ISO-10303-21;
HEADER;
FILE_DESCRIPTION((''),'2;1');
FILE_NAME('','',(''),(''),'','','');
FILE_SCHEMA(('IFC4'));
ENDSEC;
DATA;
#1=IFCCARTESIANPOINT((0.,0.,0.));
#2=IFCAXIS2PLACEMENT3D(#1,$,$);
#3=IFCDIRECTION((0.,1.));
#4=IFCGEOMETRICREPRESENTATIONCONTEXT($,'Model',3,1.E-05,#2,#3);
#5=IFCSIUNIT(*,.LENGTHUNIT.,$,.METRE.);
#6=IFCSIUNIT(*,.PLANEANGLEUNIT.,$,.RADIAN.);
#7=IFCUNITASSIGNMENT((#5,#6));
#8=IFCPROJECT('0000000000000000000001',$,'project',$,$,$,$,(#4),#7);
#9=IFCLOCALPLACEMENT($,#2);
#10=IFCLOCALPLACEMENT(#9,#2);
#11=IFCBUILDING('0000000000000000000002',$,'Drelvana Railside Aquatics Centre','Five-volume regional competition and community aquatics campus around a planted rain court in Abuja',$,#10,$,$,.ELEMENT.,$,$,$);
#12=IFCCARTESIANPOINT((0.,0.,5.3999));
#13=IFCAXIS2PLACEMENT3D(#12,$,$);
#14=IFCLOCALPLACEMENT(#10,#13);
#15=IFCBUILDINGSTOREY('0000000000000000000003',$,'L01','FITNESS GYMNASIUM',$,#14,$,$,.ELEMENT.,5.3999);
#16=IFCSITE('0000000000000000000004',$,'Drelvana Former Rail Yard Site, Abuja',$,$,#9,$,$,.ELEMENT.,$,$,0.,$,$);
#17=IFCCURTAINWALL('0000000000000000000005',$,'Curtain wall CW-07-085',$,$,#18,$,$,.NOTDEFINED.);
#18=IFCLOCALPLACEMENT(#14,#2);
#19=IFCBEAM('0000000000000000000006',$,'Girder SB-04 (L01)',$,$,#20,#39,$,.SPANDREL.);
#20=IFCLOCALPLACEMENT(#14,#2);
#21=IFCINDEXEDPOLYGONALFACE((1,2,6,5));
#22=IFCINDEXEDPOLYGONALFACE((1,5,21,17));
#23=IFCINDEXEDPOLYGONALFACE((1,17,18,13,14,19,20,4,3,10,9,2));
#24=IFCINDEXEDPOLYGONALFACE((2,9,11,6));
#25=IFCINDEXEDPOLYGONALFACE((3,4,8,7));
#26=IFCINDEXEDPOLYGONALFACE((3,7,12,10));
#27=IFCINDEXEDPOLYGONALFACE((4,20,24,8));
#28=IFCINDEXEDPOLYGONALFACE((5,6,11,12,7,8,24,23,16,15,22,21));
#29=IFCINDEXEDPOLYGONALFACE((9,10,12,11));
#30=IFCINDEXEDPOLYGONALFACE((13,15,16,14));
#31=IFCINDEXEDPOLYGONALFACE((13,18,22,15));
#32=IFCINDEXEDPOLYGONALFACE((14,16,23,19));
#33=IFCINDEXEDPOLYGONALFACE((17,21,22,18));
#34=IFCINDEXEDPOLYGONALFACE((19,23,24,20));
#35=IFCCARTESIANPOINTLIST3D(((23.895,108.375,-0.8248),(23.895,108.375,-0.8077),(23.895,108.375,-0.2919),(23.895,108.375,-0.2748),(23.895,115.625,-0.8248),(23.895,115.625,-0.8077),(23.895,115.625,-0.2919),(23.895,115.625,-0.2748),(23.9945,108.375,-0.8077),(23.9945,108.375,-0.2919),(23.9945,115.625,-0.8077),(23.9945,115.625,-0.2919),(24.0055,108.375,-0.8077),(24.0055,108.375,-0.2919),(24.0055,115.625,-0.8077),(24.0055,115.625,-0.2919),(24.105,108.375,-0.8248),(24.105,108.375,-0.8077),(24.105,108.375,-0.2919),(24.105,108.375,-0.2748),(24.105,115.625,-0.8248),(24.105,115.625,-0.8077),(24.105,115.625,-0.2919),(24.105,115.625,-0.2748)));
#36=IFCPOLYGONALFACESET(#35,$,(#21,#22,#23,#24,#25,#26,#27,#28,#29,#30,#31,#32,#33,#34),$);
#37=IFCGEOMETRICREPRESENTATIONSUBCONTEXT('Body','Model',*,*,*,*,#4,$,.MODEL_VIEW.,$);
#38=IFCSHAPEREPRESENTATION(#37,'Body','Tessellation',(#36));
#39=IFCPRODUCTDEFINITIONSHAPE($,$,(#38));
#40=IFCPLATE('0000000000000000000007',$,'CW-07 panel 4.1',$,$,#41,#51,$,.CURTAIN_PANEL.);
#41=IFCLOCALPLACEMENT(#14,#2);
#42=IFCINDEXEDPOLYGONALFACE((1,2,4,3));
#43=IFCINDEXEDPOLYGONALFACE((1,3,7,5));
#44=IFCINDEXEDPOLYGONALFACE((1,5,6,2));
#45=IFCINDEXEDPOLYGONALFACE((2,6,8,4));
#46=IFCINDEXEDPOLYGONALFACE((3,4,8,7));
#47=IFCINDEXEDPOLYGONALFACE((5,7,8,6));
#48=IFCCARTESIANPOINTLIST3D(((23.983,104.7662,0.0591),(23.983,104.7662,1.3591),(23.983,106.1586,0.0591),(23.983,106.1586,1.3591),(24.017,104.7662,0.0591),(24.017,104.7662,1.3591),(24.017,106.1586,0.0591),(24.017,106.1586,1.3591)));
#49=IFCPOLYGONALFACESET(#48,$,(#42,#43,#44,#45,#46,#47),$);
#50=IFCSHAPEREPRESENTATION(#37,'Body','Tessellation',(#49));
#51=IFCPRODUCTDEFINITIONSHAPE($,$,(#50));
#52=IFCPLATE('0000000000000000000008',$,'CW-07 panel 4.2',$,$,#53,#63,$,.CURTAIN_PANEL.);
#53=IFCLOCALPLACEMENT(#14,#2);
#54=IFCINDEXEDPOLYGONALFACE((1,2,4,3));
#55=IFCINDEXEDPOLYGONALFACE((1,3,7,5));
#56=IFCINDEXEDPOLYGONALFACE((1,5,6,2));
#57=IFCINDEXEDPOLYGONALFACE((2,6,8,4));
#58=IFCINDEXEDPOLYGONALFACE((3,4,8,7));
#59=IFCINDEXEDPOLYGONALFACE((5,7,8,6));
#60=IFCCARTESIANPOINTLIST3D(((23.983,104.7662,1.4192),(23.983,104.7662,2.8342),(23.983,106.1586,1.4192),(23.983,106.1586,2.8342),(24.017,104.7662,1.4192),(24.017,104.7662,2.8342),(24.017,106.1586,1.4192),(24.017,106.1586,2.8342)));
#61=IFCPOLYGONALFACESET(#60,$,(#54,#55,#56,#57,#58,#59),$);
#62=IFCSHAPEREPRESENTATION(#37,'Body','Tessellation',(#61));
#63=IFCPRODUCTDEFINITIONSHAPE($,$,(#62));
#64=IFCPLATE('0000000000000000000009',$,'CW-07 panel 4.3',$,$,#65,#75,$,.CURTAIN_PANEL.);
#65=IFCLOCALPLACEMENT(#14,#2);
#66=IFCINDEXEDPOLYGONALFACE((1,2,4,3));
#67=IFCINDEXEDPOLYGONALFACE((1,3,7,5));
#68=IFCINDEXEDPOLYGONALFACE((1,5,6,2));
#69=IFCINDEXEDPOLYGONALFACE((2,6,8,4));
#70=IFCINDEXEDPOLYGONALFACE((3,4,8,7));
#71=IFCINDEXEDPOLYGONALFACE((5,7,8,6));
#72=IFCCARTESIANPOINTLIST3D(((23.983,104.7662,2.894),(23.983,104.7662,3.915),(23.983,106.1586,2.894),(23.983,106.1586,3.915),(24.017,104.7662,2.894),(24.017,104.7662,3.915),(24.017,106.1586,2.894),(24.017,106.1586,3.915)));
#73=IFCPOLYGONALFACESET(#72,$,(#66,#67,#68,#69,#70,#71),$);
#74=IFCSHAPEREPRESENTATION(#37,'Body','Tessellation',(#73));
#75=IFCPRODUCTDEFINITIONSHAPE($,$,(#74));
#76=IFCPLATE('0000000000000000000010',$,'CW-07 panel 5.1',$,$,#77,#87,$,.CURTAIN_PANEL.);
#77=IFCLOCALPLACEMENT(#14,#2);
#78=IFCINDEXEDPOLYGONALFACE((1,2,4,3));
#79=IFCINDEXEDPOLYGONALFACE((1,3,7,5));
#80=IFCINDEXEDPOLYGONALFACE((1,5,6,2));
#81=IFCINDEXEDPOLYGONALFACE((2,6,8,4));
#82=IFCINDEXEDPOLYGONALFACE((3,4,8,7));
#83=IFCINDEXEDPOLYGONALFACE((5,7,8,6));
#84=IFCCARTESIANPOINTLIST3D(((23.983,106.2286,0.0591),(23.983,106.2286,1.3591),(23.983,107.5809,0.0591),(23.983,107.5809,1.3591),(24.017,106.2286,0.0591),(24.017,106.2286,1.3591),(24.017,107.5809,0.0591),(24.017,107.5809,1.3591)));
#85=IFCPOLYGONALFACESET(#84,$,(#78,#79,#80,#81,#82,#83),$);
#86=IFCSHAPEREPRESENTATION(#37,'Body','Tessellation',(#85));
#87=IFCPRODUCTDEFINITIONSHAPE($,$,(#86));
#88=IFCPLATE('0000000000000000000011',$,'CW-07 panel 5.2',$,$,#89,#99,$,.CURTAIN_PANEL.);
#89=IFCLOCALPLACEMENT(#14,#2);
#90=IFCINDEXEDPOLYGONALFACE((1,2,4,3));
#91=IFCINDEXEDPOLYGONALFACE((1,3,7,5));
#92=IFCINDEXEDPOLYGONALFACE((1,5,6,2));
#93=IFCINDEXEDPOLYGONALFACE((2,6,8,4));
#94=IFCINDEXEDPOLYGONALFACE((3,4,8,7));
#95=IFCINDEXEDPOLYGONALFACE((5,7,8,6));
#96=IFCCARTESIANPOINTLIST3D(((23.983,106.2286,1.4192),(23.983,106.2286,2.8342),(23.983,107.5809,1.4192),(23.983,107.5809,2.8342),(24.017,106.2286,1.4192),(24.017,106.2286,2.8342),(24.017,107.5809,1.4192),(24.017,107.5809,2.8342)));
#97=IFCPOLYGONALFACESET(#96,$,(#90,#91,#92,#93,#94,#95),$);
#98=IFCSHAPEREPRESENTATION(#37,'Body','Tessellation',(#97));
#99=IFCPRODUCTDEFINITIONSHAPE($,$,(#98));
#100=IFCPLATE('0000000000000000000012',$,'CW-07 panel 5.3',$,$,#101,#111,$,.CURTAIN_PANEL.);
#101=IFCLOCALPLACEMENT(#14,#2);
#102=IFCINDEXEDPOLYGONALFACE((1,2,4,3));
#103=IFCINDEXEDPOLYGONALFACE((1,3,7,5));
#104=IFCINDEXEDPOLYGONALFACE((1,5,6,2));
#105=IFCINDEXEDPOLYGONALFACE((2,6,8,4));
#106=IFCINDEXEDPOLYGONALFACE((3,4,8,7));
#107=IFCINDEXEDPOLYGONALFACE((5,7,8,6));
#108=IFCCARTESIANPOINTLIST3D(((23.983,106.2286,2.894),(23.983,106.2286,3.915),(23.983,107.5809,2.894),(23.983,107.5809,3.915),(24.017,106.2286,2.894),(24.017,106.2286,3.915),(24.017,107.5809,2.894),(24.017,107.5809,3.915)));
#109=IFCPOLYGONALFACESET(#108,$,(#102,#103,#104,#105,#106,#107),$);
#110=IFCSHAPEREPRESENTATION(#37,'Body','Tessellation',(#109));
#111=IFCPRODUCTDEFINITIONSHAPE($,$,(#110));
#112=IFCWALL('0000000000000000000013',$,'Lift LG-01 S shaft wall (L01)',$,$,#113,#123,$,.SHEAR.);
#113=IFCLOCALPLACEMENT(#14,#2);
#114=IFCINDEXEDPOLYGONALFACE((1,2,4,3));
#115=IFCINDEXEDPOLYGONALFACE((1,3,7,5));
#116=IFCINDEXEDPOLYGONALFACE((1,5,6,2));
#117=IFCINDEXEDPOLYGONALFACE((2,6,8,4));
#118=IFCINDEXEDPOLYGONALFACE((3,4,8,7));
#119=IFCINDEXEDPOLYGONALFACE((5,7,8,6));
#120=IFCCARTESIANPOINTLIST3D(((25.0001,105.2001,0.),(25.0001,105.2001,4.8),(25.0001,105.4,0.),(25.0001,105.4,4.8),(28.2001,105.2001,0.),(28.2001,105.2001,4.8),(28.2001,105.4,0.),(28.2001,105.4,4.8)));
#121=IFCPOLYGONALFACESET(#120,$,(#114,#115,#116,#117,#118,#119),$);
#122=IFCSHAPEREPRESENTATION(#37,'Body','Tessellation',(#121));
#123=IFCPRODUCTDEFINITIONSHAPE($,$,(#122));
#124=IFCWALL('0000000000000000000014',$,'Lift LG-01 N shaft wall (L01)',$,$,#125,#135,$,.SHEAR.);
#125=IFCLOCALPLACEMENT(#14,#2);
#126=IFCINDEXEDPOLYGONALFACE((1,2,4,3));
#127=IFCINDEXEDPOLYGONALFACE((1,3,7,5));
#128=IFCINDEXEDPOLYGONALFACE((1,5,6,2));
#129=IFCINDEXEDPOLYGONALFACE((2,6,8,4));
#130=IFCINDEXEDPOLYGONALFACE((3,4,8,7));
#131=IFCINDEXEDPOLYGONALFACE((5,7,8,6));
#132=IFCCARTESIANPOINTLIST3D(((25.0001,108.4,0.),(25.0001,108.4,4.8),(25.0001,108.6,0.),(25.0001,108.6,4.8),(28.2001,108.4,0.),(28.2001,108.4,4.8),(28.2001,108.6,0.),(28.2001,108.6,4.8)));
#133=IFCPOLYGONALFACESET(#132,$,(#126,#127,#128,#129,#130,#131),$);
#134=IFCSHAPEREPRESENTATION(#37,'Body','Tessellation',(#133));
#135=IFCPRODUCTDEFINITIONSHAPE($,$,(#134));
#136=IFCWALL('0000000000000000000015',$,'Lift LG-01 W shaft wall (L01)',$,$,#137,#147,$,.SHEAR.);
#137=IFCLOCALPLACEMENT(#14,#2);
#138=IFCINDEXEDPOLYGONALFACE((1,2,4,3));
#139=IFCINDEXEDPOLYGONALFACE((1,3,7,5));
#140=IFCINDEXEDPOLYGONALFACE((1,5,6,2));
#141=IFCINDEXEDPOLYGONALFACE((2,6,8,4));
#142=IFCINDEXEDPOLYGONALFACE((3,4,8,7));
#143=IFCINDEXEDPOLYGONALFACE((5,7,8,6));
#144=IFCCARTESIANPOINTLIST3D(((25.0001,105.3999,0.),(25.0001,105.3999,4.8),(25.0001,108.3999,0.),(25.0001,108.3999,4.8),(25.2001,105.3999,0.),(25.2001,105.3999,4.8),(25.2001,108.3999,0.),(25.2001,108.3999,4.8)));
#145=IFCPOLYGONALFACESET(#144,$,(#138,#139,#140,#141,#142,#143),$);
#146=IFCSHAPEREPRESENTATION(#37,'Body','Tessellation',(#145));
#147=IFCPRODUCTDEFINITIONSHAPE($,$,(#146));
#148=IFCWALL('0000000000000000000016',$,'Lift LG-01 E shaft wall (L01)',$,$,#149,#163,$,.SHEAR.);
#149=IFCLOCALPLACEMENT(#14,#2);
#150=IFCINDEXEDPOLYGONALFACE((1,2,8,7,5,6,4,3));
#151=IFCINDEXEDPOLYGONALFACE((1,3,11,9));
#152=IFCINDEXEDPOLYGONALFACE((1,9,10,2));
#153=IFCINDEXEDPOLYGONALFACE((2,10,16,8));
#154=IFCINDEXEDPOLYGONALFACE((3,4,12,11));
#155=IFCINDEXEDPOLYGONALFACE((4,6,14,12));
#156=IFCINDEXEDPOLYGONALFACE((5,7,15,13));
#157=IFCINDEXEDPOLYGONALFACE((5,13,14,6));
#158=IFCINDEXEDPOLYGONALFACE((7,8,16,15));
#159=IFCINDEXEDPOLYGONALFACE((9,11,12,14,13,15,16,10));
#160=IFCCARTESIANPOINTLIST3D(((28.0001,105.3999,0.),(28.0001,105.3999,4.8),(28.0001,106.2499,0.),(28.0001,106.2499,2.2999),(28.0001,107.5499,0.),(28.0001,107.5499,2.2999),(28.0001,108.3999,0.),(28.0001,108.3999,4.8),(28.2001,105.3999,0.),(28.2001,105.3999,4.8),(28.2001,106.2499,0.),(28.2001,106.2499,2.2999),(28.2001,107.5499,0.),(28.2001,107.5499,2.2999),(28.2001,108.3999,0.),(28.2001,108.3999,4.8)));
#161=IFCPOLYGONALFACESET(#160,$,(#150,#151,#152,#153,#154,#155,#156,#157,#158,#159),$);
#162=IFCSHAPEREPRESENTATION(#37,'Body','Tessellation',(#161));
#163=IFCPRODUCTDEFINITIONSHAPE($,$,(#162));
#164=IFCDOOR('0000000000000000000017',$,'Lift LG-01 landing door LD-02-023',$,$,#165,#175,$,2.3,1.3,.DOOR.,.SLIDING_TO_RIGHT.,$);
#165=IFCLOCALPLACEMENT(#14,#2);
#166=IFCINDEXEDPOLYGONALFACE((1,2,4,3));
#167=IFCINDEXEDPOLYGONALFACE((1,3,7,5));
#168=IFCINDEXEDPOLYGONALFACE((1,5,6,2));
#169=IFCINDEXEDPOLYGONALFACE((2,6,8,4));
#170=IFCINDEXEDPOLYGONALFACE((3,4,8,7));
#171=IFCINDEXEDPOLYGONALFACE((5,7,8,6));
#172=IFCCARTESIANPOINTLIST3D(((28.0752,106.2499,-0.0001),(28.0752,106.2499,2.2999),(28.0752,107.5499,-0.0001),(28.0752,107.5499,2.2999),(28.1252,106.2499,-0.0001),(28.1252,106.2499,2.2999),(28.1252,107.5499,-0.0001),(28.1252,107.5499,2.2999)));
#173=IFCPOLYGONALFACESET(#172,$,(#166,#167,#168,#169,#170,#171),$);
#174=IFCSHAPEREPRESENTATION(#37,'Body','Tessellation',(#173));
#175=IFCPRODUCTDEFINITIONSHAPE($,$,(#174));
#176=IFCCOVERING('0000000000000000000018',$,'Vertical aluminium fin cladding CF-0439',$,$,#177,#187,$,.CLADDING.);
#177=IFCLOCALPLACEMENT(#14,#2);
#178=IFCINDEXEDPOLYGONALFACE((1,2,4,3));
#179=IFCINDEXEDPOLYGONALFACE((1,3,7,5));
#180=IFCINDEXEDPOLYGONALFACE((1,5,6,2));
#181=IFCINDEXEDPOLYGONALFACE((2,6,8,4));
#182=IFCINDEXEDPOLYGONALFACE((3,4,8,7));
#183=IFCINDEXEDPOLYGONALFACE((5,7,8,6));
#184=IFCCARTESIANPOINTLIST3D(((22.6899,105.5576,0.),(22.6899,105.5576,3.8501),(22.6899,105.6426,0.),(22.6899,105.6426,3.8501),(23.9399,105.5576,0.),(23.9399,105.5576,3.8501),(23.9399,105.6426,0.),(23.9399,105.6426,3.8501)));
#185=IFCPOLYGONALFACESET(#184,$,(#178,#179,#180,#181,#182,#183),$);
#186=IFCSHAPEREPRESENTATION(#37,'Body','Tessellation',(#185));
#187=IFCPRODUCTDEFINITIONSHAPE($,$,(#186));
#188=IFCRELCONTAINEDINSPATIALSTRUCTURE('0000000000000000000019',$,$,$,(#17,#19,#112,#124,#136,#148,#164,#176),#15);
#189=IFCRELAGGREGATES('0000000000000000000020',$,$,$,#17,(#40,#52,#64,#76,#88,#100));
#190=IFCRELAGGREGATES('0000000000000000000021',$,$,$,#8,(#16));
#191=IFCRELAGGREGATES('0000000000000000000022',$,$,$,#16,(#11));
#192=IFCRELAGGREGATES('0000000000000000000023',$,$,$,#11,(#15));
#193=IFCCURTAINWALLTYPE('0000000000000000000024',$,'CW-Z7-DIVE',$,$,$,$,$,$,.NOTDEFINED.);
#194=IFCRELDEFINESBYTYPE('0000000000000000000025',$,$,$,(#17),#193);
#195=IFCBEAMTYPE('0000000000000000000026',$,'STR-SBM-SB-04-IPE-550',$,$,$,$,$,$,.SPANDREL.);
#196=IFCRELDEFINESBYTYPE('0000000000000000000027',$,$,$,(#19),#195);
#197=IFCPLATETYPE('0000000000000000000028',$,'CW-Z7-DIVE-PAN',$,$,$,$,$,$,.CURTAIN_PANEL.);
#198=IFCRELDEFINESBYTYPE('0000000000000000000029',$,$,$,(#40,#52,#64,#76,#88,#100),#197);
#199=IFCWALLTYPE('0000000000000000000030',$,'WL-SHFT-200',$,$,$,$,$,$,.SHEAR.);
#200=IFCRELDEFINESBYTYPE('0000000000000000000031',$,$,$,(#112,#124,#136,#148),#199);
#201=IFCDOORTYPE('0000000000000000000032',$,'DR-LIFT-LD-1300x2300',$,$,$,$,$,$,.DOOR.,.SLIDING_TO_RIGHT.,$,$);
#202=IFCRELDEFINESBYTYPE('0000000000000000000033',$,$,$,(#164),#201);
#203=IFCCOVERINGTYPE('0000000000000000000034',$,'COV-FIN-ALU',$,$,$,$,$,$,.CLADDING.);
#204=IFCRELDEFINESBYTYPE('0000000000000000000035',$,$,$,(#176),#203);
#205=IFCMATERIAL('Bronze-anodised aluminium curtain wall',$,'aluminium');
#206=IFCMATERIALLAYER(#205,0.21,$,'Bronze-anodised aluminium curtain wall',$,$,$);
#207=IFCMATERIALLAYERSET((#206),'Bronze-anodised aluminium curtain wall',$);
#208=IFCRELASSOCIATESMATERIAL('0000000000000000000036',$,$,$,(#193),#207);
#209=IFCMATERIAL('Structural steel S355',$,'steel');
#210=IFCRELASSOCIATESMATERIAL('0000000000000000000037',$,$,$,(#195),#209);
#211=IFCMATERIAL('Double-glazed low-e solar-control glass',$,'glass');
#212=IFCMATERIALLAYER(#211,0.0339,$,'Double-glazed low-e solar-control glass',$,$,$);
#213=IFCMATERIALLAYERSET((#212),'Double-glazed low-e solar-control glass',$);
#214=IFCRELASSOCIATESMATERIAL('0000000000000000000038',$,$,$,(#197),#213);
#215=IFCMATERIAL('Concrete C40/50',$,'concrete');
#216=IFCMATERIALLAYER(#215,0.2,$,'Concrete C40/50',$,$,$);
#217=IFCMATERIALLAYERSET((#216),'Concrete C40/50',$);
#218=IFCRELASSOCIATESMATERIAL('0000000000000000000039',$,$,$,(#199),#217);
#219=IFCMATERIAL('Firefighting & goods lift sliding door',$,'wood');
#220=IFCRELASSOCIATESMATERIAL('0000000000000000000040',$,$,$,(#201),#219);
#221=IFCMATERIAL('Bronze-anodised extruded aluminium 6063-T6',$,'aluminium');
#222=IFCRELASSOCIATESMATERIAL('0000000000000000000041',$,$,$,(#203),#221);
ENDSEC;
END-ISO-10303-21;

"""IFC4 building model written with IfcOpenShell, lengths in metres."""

from ifc_helpers import new_model, si_unit, direction, frame, frame_2d, origin, origin_2d, place, context, subcontext, project, spatial, rectangle, i_section, extrude, material, layer, layer_set, material_profile, profile_set, type_object, element, fill, aggregate, save


model = new_model("IFC4")

# Units and contexts
model_context = context("Model", 3, precision=1e-05, world=origin(), true_north=direction((0.0, 1.0)))
body_context = subcontext(model_context, "Body", "Model", "MODEL_VIEW")
ifc_project = project(units=[si_unit("LENGTHUNIT", "METRE"), si_unit("PLANEANGLEUNIT", "RADIAN")], contexts=[model_context])

# Site, building, storey
site_placement = place(None, origin())
site = spatial("IfcSite", under=ifc_project, at=site_placement, Name="Drelvana Former Rail Yard Site, Abuja", CompositionType="ELEMENT", RefElevation=0.0)
building_placement = place(site_placement, origin())
building = spatial("IfcBuilding", under=site, at=building_placement, Name="Drelvana Railside Aquatics Centre", Description="Five-volume regional competition and community aquatics campus around a planted rain court in Abuja", CompositionType="ELEMENT")
storey_placement = place(building_placement, frame((0.0, 0.0, 5.3999)))
storey = spatial("IfcBuildingStorey", under=building, at=storey_placement, Name="L01", Description="FITNESS GYMNASIUM", CompositionType="ELEMENT", Elevation=5.3999)

# Shared definitions
ifc_material_1 = material(Name="Concrete C40/50", Category="concrete")

# Curtain wall
ifc_material_2 = material(Name="Bronze-anodised aluminium curtain wall", Category="aluminium")
ifc_layer_1 = layer(ifc_material_2, 0.21, Name="Bronze-anodised aluminium curtain wall")
ifc_layer_set_1 = layer_set([ifc_layer_1], Name="Bronze-anodised aluminium curtain wall")
curtain_wall_type = type_object("IfcCurtainWallType", Name="CW-Z7-DIVE", PredefinedType="NOTDEFINED", material=ifc_layer_set_1)
curtain_wall_1_placement = place(storey_placement, origin())
curtain_wall_1 = element("IfcCurtainWall", 1, at=curtain_wall_1_placement, inside=storey, type_object=curtain_wall_type, Name="Curtain wall CW-07-085", PredefinedType="NOTDEFINED")

# Beam
ifc_material_3 = material(Name="Structural steel S355", Category="steel")
ifc_material_profile_1 = material_profile(ifc_material_3, i_section(OverallWidth=0.21, OverallDepth=0.55, WebThickness=0.011, FlangeThickness=0.0171, at=origin_2d()), Name="IPE 550")
ifc_profile_set_1 = profile_set([ifc_material_profile_1], Name="Structural steel S355")
beam_type = type_object("IfcBeamType", Name="STR-SBM-SB-04-IPE-550", PredefinedType="SPANDREL", material=ifc_profile_set_1)
beam_placement = place(storey_placement, frame((24.0, 108.375, -0.5498), z_axis=(0.0, 1.0, 0.0), x_axis=(-1.0, 0.0, 0.0)))
element("IfcBeam", 2, at=beam_placement, inside=storey, type_object=beam_type, Name="Girder SB-04 (L01)", PredefinedType="SPANDREL", context=body_context, shape_type="SweptSolid", body=[
    extrude(i_section(OverallWidth=0.21, OverallDepth=0.55, WebThickness=0.011, FlangeThickness=0.0171, at=origin_2d()), origin(), (0.0, 0.0, 1.0), 7.25),
])

# Plates
ifc_material_4 = material(Name="Double-glazed low-e solar-control glass", Category="glass")
ifc_layer_2 = layer(ifc_material_4, 0.0339, Name="Double-glazed low-e solar-control glass")
ifc_layer_set_2 = layer_set([ifc_layer_2], Name="Double-glazed low-e solar-control glass")
plate_type = type_object("IfcPlateType", Name="CW-Z7-DIVE-PAN", PredefinedType="CURTAIN_PANEL", material=ifc_layer_set_2)
plate_1_placement = place(storey_placement, frame((24.0, 105.4624, 0.0591), z_axis=(0.0, 0.0, 1.0), x_axis=(0.0, 1.0, 0.0)))
plate_1 = element("IfcPlate", 3, at=plate_1_placement, type_object=plate_type, Name="CW-07 panel 4.1", PredefinedType="CURTAIN_PANEL", context=body_context, shape_type="SweptSolid", body=[
    extrude(rectangle(XDim=1.3923, YDim=0.0339, at=origin_2d()), origin(), (0.0, 0.0, 1.0), 1.3),
])
plate_2_placement = place(storey_placement, frame((24.0, 105.4624, 1.4192), z_axis=(0.0, 0.0, 1.0), x_axis=(0.0, 1.0, 0.0)))
plate_2 = element("IfcPlate", 4, at=plate_2_placement, type_object=plate_type, Name="CW-07 panel 4.2", PredefinedType="CURTAIN_PANEL", context=body_context, shape_type="SweptSolid", body=[
    extrude(rectangle(XDim=1.3923, YDim=0.0339, at=origin_2d()), origin(), (0.0, 0.0, 1.0), 1.415),
])
plate_3_placement = place(storey_placement, frame((24.0, 105.4624, 2.894), z_axis=(0.0, 0.0, 1.0), x_axis=(0.0, 1.0, 0.0)))
plate_3 = element("IfcPlate", 5, at=plate_3_placement, type_object=plate_type, Name="CW-07 panel 4.3", PredefinedType="CURTAIN_PANEL", context=body_context, shape_type="SweptSolid", body=[
    extrude(rectangle(XDim=1.3923, YDim=0.0339, at=origin_2d()), origin(), (0.0, 0.0, 1.0), 1.021),
])
plate_4_placement = place(storey_placement, frame((24.0, 106.9048, 0.0591), z_axis=(0.0, 0.0, 1.0), x_axis=(0.0, 1.0, 0.0)))
plate_4 = element("IfcPlate", 6, at=plate_4_placement, type_object=plate_type, Name="CW-07 panel 5.1", PredefinedType="CURTAIN_PANEL", context=body_context, shape_type="SweptSolid", body=[
    extrude(rectangle(XDim=1.3523, YDim=0.0339, at=origin_2d()), origin(), (0.0, 0.0, 1.0), 1.3),
])
plate_5_placement = place(storey_placement, frame((24.0, 106.9048, 1.4192), z_axis=(0.0, 0.0, 1.0), x_axis=(0.0, 1.0, 0.0)))
plate_5 = element("IfcPlate", 7, at=plate_5_placement, type_object=plate_type, Name="CW-07 panel 5.2", PredefinedType="CURTAIN_PANEL", context=body_context, shape_type="SweptSolid", body=[
    extrude(rectangle(XDim=1.3523, YDim=0.0339, at=origin_2d()), origin(), (0.0, 0.0, 1.0), 1.415),
])
plate_6_placement = place(storey_placement, frame((24.0, 106.9048, 2.894), z_axis=(0.0, 0.0, 1.0), x_axis=(0.0, 1.0, 0.0)))
plate_6 = element("IfcPlate", 8, at=plate_6_placement, type_object=plate_type, Name="CW-07 panel 5.3", PredefinedType="CURTAIN_PANEL", context=body_context, shape_type="SweptSolid", body=[
    extrude(rectangle(XDim=1.3523, YDim=0.0339, at=origin_2d()), origin(), (0.0, 0.0, 1.0), 1.021),
])
aggregate(curtain_wall_1, [plate_1, plate_2, plate_3, plate_4, plate_5, plate_6])

# Walls
ifc_layer_3 = layer(ifc_material_1, 0.2, Name="Concrete C40/50")
ifc_layer_set_3 = layer_set([ifc_layer_3], Name="Concrete C40/50")
wall_type = type_object("IfcWallType", Name="WL-SHFT-200", PredefinedType="SHEAR", material=ifc_layer_set_3)
for number, where, z_axis, x_axis, name in (
    (9, (25.0, 105.3, 0.0), (0.0, 0.0, 1.0), (1.0, 0.0, 0.0), "Lift LG-01 S shaft wall (L01)"),
    (10, (25.0, 108.5, 0.0), (0.0, 0.0, 1.0), (1.0, 0.0, 0.0), "Lift LG-01 N shaft wall (L01)"),
):
    element("IfcWall", number, at=place(storey_placement, frame(where, z_axis=z_axis, x_axis=x_axis)), inside=storey, type_object=wall_type, Name=name, PredefinedType="SHEAR", context=body_context, shape_type="SweptSolid", body=[
        extrude(rectangle(XDim=3.2, YDim=0.2, at=frame_2d((1.6001, 0.0))), origin(), (0.0, 0.0, 1.0), 4.8),
    ])
wall_1_placement = place(storey_placement, frame((25.1001, 105.3999, 0.0), z_axis=(0.0, 0.0, 1.0), x_axis=(0.0, 1.0, 0.0)))
element("IfcWall", 11, at=wall_1_placement, inside=storey, type_object=wall_type, Name="Lift LG-01 W shaft wall (L01)", PredefinedType="SHEAR", context=body_context, shape_type="SweptSolid", body=[
    extrude(rectangle(XDim=3.0, YDim=0.2, at=frame_2d((1.5, 0.0))), origin(), (0.0, 0.0, 1.0), 4.8),
])

# Wall, opening, door
wall_2_placement = place(storey_placement, frame((28.1001, 105.3999, 0.0), z_axis=(0.0, 0.0, 1.0), x_axis=(0.0, 1.0, 0.0)))
wall_2 = element("IfcWall", 12, at=wall_2_placement, inside=storey, type_object=wall_type, Name="Lift LG-01 E shaft wall (L01)", PredefinedType="SHEAR", context=body_context, shape_type="SweptSolid", body=[
    extrude(rectangle(XDim=3.0, YDim=0.2, at=frame_2d((1.5, 0.0))), origin(), (0.0, 0.0, 1.0), 4.8),
])
opening_placement = place(wall_2_placement, frame((0.8501, 0.0, 0.0)))
opening = element("IfcOpeningElement", 13, at=opening_placement, cuts=wall_2, PredefinedType="OPENING", context=body_context, shape_type="SweptSolid", body=[
    extrude(rectangle(XDim=1.3, YDim=2.3, at=frame_2d((0.6499, 1.1499))), frame((0.0, 0.1099, 0.0), z_axis=(0.0, -1.0, 0.0), x_axis=(1.0, 0.0, 0.0)), (0.0, 0.0, 1.0), 0.22),
])
ifc_material_5 = material(Name="Firefighting & goods lift sliding door", Category="wood")
door_type = type_object("IfcDoorType", Name="DR-LIFT-LD-1300x2300", OperationType="SLIDING_TO_RIGHT", PredefinedType="DOOR", material=ifc_material_5)
door_placement = place(opening_placement, origin())
door = element("IfcDoor", 14, at=door_placement, inside=storey, type_object=door_type, Name="Lift LG-01 landing door LD-02-023", OperationType="SLIDING_TO_RIGHT", OverallHeight=2.3, OverallWidth=1.3, PredefinedType="DOOR", context=body_context, shape_type="SweptSolid", body=[
    extrude(rectangle(XDim=1.3, YDim=2.3, at=frame_2d((0.6499, 1.1499))), frame((0.0, 0.0249, 0.0), z_axis=(0.0, -1.0, 0.0), x_axis=(1.0, 0.0, 0.0)), (0.0, 0.0, 1.0), 0.05),
])
fill(opening, door)

# Covering
ifc_material_6 = material(Name="Bronze-anodised extruded aluminium 6063-T6", Category="aluminium")
covering_type = type_object("IfcCoveringType", Name="COV-FIN-ALU", PredefinedType="CLADDING", material=ifc_material_6)
for number, where, z_axis, x_axis, name in (
    (15, (23.3149, 105.6001, 0.0), (0.0, 0.0, 1.0), (0.0, 1.0, 0.0), "Vertical aluminium fin cladding CF-0439"),
):
    element("IfcCovering", number, at=place(storey_placement, frame(where, z_axis=z_axis, x_axis=x_axis)), inside=storey, type_object=covering_type, Name=name, PredefinedType="CLADDING", context=body_context, shape_type="SweptSolid", body=[
        extrude(rectangle(XDim=0.085, YDim=1.25, at=origin_2d()), origin(), (0.0, 0.0, 1.0), 3.8501),
    ])

save(model, "model.ifc")
